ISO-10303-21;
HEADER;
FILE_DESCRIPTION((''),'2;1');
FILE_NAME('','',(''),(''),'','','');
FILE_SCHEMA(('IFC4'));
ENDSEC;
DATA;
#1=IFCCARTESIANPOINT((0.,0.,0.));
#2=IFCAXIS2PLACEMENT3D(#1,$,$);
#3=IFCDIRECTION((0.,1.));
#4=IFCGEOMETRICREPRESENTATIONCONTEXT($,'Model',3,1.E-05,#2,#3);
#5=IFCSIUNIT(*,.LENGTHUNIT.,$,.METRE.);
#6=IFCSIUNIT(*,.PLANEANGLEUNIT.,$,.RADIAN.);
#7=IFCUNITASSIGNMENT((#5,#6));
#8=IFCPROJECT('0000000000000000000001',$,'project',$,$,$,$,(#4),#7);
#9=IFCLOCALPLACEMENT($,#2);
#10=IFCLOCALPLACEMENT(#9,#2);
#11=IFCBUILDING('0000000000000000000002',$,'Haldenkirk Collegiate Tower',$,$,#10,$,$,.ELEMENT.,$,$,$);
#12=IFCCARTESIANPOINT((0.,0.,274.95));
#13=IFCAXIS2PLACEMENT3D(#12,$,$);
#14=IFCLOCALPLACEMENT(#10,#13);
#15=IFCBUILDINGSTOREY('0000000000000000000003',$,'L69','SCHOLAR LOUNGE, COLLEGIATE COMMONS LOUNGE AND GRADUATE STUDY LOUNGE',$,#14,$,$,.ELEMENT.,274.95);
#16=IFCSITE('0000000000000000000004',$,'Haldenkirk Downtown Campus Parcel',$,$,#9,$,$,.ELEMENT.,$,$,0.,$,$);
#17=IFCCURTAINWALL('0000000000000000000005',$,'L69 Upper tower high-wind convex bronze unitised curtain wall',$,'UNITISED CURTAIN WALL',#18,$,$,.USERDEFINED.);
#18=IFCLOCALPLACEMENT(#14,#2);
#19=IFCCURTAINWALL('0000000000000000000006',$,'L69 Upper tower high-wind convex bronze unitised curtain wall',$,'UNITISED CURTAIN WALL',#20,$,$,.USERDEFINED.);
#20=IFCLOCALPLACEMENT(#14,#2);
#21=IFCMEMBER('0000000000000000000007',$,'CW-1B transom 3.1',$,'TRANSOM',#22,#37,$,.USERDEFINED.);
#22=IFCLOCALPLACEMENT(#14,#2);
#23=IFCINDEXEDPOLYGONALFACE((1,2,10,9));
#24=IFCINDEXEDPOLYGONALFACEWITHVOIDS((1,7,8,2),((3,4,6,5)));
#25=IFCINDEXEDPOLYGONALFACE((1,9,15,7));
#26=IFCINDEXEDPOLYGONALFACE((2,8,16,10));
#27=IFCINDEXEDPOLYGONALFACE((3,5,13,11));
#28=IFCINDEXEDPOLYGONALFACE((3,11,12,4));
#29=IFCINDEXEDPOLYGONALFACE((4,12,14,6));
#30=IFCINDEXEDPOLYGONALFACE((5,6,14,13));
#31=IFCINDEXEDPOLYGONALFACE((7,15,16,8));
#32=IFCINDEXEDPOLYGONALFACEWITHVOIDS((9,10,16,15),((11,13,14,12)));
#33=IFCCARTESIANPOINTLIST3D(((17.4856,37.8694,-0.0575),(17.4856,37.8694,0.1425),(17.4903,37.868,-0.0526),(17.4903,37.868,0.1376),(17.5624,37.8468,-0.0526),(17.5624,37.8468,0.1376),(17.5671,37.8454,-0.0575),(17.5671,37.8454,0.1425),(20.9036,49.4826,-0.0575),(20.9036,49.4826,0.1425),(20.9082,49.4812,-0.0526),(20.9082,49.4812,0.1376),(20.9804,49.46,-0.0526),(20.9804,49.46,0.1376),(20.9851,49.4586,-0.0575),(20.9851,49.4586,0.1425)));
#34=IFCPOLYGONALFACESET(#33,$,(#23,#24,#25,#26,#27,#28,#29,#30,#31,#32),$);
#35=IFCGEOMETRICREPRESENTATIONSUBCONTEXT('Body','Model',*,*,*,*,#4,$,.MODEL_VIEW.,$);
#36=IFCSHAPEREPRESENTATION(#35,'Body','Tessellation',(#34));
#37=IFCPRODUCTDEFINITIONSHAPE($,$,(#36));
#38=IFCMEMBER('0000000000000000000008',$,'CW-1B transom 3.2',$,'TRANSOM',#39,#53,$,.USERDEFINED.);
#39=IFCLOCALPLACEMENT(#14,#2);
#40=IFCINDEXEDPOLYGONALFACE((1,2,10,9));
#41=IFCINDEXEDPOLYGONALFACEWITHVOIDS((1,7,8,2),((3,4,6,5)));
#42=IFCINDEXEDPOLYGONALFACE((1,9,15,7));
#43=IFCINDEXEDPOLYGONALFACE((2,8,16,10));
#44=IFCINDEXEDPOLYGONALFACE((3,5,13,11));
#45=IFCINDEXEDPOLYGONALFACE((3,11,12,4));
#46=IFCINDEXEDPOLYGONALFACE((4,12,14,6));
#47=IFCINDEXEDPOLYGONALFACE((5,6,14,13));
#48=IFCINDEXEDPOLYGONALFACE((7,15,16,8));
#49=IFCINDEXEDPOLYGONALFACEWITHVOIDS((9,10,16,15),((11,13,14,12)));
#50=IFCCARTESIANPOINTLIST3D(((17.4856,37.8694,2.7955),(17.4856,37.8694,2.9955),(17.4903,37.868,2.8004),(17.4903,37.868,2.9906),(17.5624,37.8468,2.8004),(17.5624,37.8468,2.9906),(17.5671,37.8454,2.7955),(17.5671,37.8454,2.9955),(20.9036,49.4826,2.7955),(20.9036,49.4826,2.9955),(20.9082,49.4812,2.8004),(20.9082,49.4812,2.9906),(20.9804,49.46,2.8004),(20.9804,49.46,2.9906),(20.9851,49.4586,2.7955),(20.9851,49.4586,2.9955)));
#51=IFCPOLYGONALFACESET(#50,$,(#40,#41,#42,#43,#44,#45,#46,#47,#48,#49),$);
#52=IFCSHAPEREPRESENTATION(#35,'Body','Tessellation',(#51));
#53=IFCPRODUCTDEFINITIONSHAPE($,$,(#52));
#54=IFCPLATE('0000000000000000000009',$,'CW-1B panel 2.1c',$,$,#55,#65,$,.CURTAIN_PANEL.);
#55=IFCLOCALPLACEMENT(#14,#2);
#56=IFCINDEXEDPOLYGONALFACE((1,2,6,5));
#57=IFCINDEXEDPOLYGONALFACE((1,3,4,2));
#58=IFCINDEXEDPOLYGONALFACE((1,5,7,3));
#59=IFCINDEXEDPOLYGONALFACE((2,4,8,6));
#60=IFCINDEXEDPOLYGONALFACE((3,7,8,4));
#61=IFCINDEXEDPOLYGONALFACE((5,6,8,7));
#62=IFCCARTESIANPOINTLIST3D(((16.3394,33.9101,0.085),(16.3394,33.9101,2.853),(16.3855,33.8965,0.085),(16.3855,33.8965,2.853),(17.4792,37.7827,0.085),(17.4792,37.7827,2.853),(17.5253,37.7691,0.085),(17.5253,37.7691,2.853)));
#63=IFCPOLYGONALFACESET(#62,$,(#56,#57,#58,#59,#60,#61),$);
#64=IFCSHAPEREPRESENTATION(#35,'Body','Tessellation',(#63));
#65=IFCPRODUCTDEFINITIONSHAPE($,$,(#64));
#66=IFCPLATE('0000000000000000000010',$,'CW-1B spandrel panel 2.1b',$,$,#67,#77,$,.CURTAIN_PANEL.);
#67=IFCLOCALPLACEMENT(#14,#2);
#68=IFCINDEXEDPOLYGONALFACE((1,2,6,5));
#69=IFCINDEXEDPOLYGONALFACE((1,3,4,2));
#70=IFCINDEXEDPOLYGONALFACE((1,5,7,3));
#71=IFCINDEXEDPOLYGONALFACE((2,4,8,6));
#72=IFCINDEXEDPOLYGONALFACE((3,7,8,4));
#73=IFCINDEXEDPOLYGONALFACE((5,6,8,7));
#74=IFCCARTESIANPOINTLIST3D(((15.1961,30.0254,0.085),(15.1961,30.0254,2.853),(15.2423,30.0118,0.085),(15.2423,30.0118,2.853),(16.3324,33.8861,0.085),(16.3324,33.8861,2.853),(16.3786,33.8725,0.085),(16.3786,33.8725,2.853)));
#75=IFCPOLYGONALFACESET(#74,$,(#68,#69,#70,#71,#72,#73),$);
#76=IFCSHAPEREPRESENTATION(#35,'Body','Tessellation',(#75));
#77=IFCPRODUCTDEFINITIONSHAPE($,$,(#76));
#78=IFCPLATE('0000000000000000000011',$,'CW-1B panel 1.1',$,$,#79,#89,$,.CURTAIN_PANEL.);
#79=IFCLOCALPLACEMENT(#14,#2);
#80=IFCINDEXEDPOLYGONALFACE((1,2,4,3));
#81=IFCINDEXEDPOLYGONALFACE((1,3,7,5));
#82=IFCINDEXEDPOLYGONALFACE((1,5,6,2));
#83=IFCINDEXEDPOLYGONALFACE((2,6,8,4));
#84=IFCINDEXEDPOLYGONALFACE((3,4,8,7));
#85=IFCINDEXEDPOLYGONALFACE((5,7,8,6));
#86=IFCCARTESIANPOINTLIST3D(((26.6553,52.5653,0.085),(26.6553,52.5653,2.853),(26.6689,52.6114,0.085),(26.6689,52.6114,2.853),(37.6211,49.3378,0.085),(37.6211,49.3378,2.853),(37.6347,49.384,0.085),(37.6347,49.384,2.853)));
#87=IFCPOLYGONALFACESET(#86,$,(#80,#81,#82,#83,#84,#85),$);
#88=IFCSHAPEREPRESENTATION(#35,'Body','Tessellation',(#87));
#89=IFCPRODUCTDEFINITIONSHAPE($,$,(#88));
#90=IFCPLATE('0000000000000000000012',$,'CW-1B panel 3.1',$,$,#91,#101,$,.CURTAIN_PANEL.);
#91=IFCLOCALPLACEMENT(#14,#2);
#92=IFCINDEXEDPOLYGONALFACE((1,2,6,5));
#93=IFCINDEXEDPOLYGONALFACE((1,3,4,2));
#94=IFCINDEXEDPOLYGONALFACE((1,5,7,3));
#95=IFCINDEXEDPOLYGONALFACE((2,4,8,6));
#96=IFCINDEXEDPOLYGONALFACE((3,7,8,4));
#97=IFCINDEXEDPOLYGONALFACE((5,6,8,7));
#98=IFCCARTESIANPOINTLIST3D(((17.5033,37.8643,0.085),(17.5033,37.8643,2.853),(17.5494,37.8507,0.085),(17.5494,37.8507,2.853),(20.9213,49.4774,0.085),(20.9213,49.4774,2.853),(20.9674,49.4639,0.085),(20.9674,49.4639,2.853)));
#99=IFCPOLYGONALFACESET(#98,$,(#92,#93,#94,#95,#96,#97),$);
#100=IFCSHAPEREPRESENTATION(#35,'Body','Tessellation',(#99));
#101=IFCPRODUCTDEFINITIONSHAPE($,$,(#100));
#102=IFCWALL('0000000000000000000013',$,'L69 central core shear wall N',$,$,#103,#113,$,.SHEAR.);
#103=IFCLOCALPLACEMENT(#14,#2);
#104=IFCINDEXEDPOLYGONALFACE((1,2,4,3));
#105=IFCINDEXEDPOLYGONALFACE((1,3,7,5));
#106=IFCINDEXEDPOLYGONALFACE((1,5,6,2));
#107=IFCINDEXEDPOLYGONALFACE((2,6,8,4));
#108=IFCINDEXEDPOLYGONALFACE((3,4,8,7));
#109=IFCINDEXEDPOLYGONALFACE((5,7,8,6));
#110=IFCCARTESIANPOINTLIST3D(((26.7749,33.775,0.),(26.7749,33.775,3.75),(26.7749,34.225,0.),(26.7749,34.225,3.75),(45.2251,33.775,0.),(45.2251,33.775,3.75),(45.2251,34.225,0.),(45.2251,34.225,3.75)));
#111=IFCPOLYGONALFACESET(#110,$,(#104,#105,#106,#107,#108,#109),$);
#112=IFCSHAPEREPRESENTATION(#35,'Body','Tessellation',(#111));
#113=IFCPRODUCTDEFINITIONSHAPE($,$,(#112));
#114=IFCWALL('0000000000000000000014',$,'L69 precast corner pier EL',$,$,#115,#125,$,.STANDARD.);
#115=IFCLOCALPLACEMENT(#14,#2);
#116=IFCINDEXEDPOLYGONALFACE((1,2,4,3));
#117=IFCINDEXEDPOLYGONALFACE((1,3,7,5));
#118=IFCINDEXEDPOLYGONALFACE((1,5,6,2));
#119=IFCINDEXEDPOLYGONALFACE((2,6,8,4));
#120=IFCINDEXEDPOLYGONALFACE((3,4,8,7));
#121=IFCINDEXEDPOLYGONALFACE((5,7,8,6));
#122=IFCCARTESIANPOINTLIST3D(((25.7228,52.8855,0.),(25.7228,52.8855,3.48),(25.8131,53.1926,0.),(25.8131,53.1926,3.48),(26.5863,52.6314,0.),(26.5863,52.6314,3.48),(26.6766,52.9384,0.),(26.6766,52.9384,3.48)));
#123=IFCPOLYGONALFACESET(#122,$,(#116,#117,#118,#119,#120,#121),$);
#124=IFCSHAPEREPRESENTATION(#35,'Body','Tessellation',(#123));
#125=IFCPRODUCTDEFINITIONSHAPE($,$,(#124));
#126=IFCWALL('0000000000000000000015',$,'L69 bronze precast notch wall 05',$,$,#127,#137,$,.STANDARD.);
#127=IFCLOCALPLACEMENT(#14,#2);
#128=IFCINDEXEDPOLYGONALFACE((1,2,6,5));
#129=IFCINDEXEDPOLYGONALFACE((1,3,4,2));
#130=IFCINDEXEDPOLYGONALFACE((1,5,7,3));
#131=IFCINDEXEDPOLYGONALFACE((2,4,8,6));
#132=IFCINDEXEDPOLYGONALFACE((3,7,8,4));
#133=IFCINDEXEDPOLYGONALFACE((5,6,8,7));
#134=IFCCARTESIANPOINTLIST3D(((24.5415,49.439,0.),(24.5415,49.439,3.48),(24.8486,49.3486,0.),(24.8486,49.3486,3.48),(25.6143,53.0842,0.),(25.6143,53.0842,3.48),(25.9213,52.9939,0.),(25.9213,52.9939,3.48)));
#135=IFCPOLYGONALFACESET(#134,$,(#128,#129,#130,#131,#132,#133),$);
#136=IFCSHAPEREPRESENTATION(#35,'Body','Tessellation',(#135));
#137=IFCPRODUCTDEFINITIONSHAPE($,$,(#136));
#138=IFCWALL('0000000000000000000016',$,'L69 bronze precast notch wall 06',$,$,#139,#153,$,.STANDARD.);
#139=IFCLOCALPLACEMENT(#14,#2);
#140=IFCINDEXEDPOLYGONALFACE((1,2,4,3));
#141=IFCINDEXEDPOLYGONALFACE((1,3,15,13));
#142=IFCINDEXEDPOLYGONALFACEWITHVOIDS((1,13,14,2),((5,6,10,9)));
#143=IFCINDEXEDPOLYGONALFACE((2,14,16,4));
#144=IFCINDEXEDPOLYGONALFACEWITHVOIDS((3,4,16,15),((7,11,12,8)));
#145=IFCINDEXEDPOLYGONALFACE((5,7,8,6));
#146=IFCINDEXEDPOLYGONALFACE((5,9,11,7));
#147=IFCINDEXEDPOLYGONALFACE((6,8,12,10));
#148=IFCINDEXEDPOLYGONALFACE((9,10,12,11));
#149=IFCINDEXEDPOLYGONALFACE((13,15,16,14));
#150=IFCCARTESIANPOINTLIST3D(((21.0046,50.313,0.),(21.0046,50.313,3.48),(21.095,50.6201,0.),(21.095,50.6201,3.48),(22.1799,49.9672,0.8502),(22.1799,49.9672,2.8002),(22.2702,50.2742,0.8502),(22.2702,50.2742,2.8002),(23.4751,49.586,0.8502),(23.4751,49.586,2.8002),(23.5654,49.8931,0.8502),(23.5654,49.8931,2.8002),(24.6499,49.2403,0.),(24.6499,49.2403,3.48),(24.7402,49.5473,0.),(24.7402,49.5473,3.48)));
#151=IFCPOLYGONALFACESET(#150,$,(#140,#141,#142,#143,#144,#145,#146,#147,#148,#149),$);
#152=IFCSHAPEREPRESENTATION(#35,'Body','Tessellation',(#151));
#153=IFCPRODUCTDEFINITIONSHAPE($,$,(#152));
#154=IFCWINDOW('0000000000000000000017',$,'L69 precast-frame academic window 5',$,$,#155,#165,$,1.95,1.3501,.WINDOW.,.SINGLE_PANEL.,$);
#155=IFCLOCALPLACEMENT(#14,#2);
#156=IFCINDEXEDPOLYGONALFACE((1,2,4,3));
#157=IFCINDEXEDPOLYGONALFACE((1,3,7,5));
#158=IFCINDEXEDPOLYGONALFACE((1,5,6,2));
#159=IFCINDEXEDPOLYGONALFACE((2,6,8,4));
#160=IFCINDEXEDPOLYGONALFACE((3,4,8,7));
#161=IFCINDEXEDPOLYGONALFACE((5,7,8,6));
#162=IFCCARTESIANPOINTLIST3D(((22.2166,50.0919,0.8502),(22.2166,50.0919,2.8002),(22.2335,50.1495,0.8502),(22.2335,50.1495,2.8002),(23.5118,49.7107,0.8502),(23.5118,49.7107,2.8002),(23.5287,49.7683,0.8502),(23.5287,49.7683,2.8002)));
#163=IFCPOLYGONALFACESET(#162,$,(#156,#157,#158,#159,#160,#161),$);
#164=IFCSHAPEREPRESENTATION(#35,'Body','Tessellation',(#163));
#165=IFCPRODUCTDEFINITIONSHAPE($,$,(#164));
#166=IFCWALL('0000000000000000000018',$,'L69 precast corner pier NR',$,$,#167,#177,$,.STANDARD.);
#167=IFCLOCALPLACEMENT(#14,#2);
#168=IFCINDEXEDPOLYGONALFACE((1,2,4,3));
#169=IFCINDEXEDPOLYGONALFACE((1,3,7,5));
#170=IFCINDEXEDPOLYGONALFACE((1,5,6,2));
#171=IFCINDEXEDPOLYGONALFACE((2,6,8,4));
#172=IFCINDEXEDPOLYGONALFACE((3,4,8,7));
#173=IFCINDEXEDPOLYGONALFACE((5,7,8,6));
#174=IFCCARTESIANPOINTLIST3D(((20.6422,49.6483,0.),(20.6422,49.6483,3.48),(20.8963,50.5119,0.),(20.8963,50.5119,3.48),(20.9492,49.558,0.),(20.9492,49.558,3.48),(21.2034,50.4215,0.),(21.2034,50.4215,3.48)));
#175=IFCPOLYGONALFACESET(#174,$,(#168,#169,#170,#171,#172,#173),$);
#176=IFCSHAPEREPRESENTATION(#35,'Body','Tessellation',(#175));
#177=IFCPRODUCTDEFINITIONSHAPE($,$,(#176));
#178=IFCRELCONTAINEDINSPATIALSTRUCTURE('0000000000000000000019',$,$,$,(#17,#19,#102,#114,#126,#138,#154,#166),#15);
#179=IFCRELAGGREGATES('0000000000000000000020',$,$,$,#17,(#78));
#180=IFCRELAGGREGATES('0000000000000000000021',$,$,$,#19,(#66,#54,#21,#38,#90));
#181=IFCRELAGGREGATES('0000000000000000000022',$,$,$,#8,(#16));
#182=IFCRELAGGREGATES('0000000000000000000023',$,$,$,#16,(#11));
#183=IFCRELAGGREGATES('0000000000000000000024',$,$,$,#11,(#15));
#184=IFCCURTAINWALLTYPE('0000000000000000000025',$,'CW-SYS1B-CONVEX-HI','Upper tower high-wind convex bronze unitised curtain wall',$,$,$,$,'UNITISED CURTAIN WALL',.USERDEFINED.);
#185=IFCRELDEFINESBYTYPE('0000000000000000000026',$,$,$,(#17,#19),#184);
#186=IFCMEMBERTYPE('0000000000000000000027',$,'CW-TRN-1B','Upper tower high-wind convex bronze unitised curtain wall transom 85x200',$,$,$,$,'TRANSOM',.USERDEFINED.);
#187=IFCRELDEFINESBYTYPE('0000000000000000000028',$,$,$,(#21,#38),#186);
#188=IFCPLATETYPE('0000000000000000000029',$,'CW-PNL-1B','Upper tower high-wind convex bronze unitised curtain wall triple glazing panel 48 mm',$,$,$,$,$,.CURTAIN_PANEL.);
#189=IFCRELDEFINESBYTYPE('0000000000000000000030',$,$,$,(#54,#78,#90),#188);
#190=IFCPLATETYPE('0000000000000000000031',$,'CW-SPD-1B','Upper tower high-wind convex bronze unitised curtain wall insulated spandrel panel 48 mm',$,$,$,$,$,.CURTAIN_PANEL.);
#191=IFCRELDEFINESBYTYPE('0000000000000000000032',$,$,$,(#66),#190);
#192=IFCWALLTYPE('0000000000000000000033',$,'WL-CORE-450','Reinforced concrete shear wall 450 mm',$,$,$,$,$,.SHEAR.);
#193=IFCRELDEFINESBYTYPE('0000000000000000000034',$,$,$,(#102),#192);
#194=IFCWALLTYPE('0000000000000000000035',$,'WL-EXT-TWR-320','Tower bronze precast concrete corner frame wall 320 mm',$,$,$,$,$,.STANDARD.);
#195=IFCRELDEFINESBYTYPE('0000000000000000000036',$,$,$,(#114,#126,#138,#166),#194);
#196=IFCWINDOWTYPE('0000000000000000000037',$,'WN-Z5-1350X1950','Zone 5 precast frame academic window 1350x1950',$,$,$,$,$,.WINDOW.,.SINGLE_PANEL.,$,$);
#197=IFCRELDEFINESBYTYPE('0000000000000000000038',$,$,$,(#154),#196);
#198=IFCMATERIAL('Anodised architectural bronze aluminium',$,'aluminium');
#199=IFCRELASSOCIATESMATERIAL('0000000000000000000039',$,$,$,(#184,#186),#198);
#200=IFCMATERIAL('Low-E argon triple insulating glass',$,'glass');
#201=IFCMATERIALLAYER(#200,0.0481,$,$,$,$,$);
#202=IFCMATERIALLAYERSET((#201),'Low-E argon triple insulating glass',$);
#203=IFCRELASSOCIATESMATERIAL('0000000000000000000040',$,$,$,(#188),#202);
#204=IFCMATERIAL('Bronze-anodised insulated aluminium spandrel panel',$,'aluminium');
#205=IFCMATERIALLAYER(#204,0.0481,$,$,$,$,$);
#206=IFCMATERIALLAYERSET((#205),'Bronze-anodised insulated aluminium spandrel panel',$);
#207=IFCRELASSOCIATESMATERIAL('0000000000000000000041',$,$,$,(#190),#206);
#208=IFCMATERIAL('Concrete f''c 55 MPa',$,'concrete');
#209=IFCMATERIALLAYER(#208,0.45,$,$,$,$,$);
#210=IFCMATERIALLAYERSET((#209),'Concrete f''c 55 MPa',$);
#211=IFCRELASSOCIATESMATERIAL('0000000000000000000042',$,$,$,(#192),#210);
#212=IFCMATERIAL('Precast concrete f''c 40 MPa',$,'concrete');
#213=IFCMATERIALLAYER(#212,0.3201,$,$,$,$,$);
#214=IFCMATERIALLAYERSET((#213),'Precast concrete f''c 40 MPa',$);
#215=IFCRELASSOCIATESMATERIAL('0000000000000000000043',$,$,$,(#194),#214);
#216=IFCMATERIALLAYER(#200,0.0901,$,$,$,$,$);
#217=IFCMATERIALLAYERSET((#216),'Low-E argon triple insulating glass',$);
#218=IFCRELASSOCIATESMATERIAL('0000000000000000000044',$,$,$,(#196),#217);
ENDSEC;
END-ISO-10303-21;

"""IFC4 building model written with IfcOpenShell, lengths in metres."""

from ifc_helpers import new_model, si_unit, direction, frame, frame_2d, origin, origin_2d, place, context, subcontext, project, spatial, rectangle, hollow_rectangle, extrude, source, transform, mapped, material, layer, layer_set, material_profile, profile_set, type_object, element, fill, aggregate, save


model = new_model("IFC4")

# Units and contexts
model_context = context("Model", 3, precision=1e-05, world=origin(), true_north=direction((0.0, 1.0)))
body_context = subcontext(model_context, "Body", "Model", "MODEL_VIEW")
ifc_project = project(units=[si_unit("LENGTHUNIT", "METRE"), si_unit("PLANEANGLEUNIT", "RADIAN")], contexts=[model_context])

# Site, building, storey
site_placement = place(None, origin())
site = spatial("IfcSite", under=ifc_project, at=site_placement, Name="Haldenkirk Downtown Campus Parcel", CompositionType="ELEMENT", RefElevation=0.0)
building_placement = place(site_placement, origin())
building = spatial("IfcBuilding", under=site, at=building_placement, Name="Haldenkirk Collegiate Tower", CompositionType="ELEMENT")
storey_placement = place(building_placement, frame((0.0, 0.0, 274.95)))
storey = spatial("IfcBuildingStorey", under=building, at=storey_placement, Name="L69", Description="SCHOLAR LOUNGE, COLLEGIATE COMMONS LOUNGE AND GRADUATE STUDY LOUNGE", CompositionType="ELEMENT", Elevation=274.95)

# Curtain wall
ifc_material_1 = material(Name="Anodised architectural bronze aluminium", Category="aluminium")
curtain_wall_type = type_object("IfcCurtainWallType", Name="CW-SYS1B-CONVEX-HI", Description="Upper tower high-wind convex bronze unitised curtain wall", ElementType="UNITISED CURTAIN WALL", PredefinedType="USERDEFINED", material=ifc_material_1)
curtain_wall_1_placement = place(storey_placement, origin())
curtain_wall_1 = element("IfcCurtainWall", 1, at=curtain_wall_1_placement, inside=storey, type_object=curtain_wall_type, Name="L69 Upper tower high-wind convex bronze unitised curtain wall", ObjectType="UNITISED CURTAIN WALL", PredefinedType="USERDEFINED")

# Curtain wall
curtain_wall_2_placement = place(storey_placement, origin())
curtain_wall_2 = element("IfcCurtainWall", 2, at=curtain_wall_2_placement, inside=storey, type_object=curtain_wall_type, Name="L69 Upper tower high-wind convex bronze unitised curtain wall", ObjectType="UNITISED CURTAIN WALL", PredefinedType="USERDEFINED")

# Members
ifc_material_profile_1 = material_profile(ifc_material_1, hollow_rectangle(XDim=0.085, YDim=0.2, WallThickness=0.0049, at=origin_2d()), Name="CW-TRN-1B")
ifc_profile_set_1 = profile_set([ifc_material_profile_1], Name="Anodised architectural bronze aluminium")
member_type_1 = type_object("IfcMemberType", Name="CW-TRN-1B", Description="Upper tower high-wind convex bronze unitised curtain wall transom 85x200", ElementType="TRANSOM", PredefinedType="USERDEFINED", material=ifc_profile_set_1)
member_1_placement = place(storey_placement, frame((17.5264, 37.8574, 0.0425), z_axis=(0.282341, 0.959314, 0.0), x_axis=(-0.959314, 0.282341, 0.0)))
member_1 = element("IfcMember", 3, at=member_1_placement, type_object=member_type_1, Name="CW-1B transom 3.1", ObjectType="TRANSOM", PredefinedType="USERDEFINED", context=body_context, shape_type="SweptSolid", body=[
    extrude(hollow_rectangle(XDim=0.085, YDim=0.2, WallThickness=0.0049, at=origin_2d()), origin(), (0.0, 0.0, 1.0), 12.1057),
])
member_2_placement = place(storey_placement, frame((17.5264, 37.8574, 2.8955), z_axis=(0.282341, 0.959314, 0.0), x_axis=(-0.959314, 0.282341, 0.0)))
member_2 = element("IfcMember", 4, at=member_2_placement, type_object=member_type_1, Name="CW-1B transom 3.2", ObjectType="TRANSOM", PredefinedType="USERDEFINED", context=body_context, shape_type="SweptSolid", body=[
    extrude(hollow_rectangle(XDim=0.085, YDim=0.2, WallThickness=0.0049, at=origin_2d()), origin(), (0.0, 0.0, 1.0), 12.1057),
])

# Plates
ifc_material_2 = material(Name="Low-E argon triple insulating glass", Category="glass")
ifc_layer_1 = layer(ifc_material_2, 0.0481)
ifc_layer_set_1 = layer_set([ifc_layer_1], Name="Low-E argon triple insulating glass")
plate_type_1 = type_object("IfcPlateType", Name="CW-PNL-1B", Description="Upper tower high-wind convex bronze unitised curtain wall triple glazing panel 48 mm", PredefinedType="CURTAIN_PANEL", material=ifc_layer_set_1)
shared_shape_1 = source(origin(), body_context, "Body", "SweptSolid", [
    extrude(rectangle(XDim=4.0369, YDim=0.0481, at=origin_2d()), origin(), (0.0, 0.0, 1.0), 2.7681),
])
plate_1_placement = place(storey_placement, frame((16.9324, 35.8396, 0.085), z_axis=(0.0, 0.0, 1.0), x_axis=(0.282344, 0.959313, 0.0)))
plate_1 = element("IfcPlate", 5, at=plate_1_placement, type_object=plate_type_1, Name="CW-1B panel 2.1c", PredefinedType="CURTAIN_PANEL", context=body_context, shape_type="MappedRepresentation", body=[
    mapped(shared_shape_1, transform((0.0, 0.0, 0.0), x_axis=(1.0, 0.0, 0.0), y_axis=(0.0, 1.0, 0.0), z_axis=(0.0, 0.0, 1.0), scale=1.0)),
])
ifc_material_3 = material(Name="Bronze-anodised insulated aluminium spandrel panel", Category="aluminium")
ifc_layer_2 = layer(ifc_material_3, 0.0481)
ifc_layer_set_2 = layer_set([ifc_layer_2], Name="Bronze-anodised insulated aluminium spandrel panel")
plate_type_2 = type_object("IfcPlateType", Name="CW-SPD-1B", Description="Upper tower high-wind convex bronze unitised curtain wall insulated spandrel panel 48 mm", PredefinedType="CURTAIN_PANEL", material=ifc_layer_set_2)
shared_shape_2 = source(origin(), body_context, "Body", "SweptSolid", [
    extrude(rectangle(XDim=4.0244, YDim=0.0481, at=origin_2d()), origin(), (0.0, 0.0, 1.0), 2.7681),
])
plate_2_placement = place(storey_placement, frame((15.7874, 31.949, 0.085), z_axis=(0.0, 0.0, 1.0), x_axis=(0.282344, 0.959313, 0.0)))
plate_2 = element("IfcPlate", 6, at=plate_2_placement, type_object=plate_type_2, Name="CW-1B spandrel panel 2.1b", PredefinedType="CURTAIN_PANEL", context=body_context, shape_type="MappedRepresentation", body=[
    mapped(shared_shape_2, transform((0.0, 0.0, 0.0), x_axis=(1.0, 0.0, 0.0), y_axis=(0.0, 1.0, 0.0), z_axis=(0.0, 0.0, 1.0), scale=1.0)),
])
shared_shape_3 = source(origin(), body_context, "Body", "SweptSolid", [
    extrude(rectangle(XDim=11.4309, YDim=0.0481, at=origin_2d()), origin(), (0.0, 0.0, 1.0), 2.7681),
])
plate_3_placement = place(storey_placement, frame((32.145, 50.9746, 0.085), z_axis=(0.0, 0.0, 1.0), x_axis=(0.959314, -0.282342, 0.0)))
plate_3 = element("IfcPlate", 7, at=plate_3_placement, type_object=plate_type_1, Name="CW-1B panel 1.1", PredefinedType="CURTAIN_PANEL", context=body_context, shape_type="MappedRepresentation", body=[
    mapped(shared_shape_3, transform((0.0, 0.0, 0.0), x_axis=(1.0, 0.0, 0.0), y_axis=(0.0, 1.0, 0.0), z_axis=(0.0, 0.0, 1.0), scale=1.0)),
])
aggregate(curtain_wall_1, [plate_3])
shared_shape_4 = source(origin(), body_context, "Body", "SweptSolid", [
    extrude(rectangle(XDim=12.1057, YDim=0.0481, at=origin_2d()), origin(), (0.0, 0.0, 1.0), 2.7681),
])
plate_4_placement = place(storey_placement, frame((19.2354, 43.6641, 0.085), z_axis=(0.0, 0.0, 1.0), x_axis=(0.282344, 0.959313, 0.0)))
plate_4 = element("IfcPlate", 8, at=plate_4_placement, type_object=plate_type_1, Name="CW-1B panel 3.1", PredefinedType="CURTAIN_PANEL", context=body_context, shape_type="MappedRepresentation", body=[
    mapped(shared_shape_4, transform((0.0, 0.0, 0.0), x_axis=(1.0, 0.0, 0.0), y_axis=(0.0, 1.0, 0.0), z_axis=(0.0, 0.0, 1.0), scale=1.0)),
])
aggregate(curtain_wall_2, [plate_2, plate_1, member_1, member_2, plate_4])

# Walls
ifc_material_4 = material(Name="Concrete f'c 55 MPa", Category="concrete")
ifc_layer_3 = layer(ifc_material_4, 0.45)
ifc_layer_set_3 = layer_set([ifc_layer_3], Name="Concrete f'c 55 MPa")
wall_type_1 = type_object("IfcWallType", Name="WL-CORE-450", Description="Reinforced concrete shear wall 450 mm", PredefinedType="SHEAR", material=ifc_layer_set_3)
wall_1_placement = place(storey_placement, frame((26.7749, 34.0, 0.0), z_axis=(0.0, 0.0, 1.0), x_axis=(1.0, 0.0, 0.0)))
element("IfcWall", 9, at=wall_1_placement, inside=storey, type_object=wall_type_1, Name="L69 central core shear wall N", PredefinedType="SHEAR", context=body_context, shape_type="SweptSolid", body=[
    extrude(rectangle(XDim=18.4502, YDim=0.45, at=frame_2d((9.2251, 0.0))), origin(), (0.0, 0.0, 1.0), 3.75),
])
ifc_material_5 = material(Name="Precast concrete f'c 40 MPa", Category="concrete")
ifc_layer_4 = layer(ifc_material_5, 0.3201)
ifc_layer_set_4 = layer_set([ifc_layer_4], Name="Precast concrete f'c 40 MPa")
wall_type_2 = type_object("IfcWallType", Name="WL-EXT-TWR-320", Description="Tower bronze precast concrete corner frame wall 320 mm", PredefinedType="STANDARD", material=ifc_layer_set_4)
wall_2_placement = place(storey_placement, frame((25.7678, 53.0391, 0.0), z_axis=(0.0, 0.0, 1.0), x_axis=(0.959314, -0.282343, 0.0)))
element("IfcWall", 10, at=wall_2_placement, inside=storey, type_object=wall_type_2, Name="L69 precast corner pier EL", PredefinedType="STANDARD", context=body_context, shape_type="SweptSolid", body=[
    extrude(rectangle(XDim=0.9001, YDim=0.3201, at=frame_2d((0.4502, 0.0))), origin(), (0.0, 0.0, 1.0), 3.48),
])
wall_3_placement = place(storey_placement, frame((24.6951, 49.3938, 0.0), z_axis=(0.0, 0.0, 1.0), x_axis=(0.282316, 0.959321, 0.0)))
element("IfcWall", 11, at=wall_3_placement, inside=storey, type_object=wall_type_2, Name="L69 bronze precast notch wall 05", PredefinedType="STANDARD", context=body_context, shape_type="SweptSolid", body=[
    extrude(rectangle(XDim=3.7998, YDim=0.3201, at=frame_2d((1.8999, 0.0))), origin(), (0.0, 0.0, 1.0), 3.48),
])

# Wall, opening, window
wall_4_placement = place(storey_placement, frame((21.0498, 50.4666, 0.0), z_axis=(0.0, 0.0, 1.0), x_axis=(0.959321, -0.282316, 0.0)))
wall_4 = element("IfcWall", 12, at=wall_4_placement, inside=storey, type_object=wall_type_2, Name="L69 bronze precast notch wall 06", PredefinedType="STANDARD", context=body_context, shape_type="SweptSolid", body=[
    extrude(rectangle(XDim=3.7998, YDim=0.3201, at=frame_2d((1.8999, 0.0))), origin(), (0.0, 0.0, 1.0), 3.48),
])
opening_1_placement = place(wall_4_placement, frame((1.2251, 0.0, 0.8501)))
opening_1 = element("IfcOpeningElement", 13, at=opening_1_placement, cuts=wall_4, PredefinedType="OPENING", context=body_context, shape_type="SweptSolid", body=[
    extrude(rectangle(XDim=1.3501, YDim=1.95, at=frame_2d((0.675, 0.9751))), frame((0.0, 0.1699, 0.0), z_axis=(0.0, -1.0, 0.0), x_axis=(1.0, 0.0, 0.0)), (0.0, 0.0, 1.0), 0.3401),
])
ifc_layer_5 = layer(ifc_material_2, 0.0901)
ifc_layer_set_5 = layer_set([ifc_layer_5], Name="Low-E argon triple insulating glass")
window_type = type_object("IfcWindowType", Name="WN-Z5-1350X1950", Description="Zone 5 precast frame academic window 1350x1950", PartitioningType="SINGLE_PANEL", PredefinedType="WINDOW", material=ifc_layer_set_5)
window_placement = place(opening_1_placement, origin())
window = element("IfcWindow", 14, at=window_placement, inside=storey, type_object=window_type, Name="L69 precast-frame academic window 5", OverallHeight=1.95, OverallWidth=1.3501, PartitioningType="SINGLE_PANEL", PredefinedType="WINDOW", context=body_context, shape_type="SweptSolid", body=[
    extrude(rectangle(XDim=1.3501, YDim=1.95, at=frame_2d((0.675, 0.9751))), frame((0.0, 0.03, 0.0), z_axis=(0.0, -1.0, 0.0), x_axis=(1.0, 0.0, 0.0)), (0.0, 0.0, 1.0), 0.0601),
])
fill(opening_1, window)

# Wall
wall_5_placement = place(storey_placement, frame((20.7957, 49.603, 0.0), z_axis=(0.0, 0.0, 1.0), x_axis=(0.282343, 0.959314, 0.0)))
element("IfcWall", 15, at=wall_5_placement, inside=storey, type_object=wall_type_2, Name="L69 precast corner pier NR", PredefinedType="STANDARD", context=body_context, shape_type="SweptSolid", body=[
    extrude(rectangle(XDim=0.9001, YDim=0.3201, at=frame_2d((0.4502, 0.0))), origin(), (0.0, 0.0, 1.0), 3.48),
])

save(model, "model.ifc")
